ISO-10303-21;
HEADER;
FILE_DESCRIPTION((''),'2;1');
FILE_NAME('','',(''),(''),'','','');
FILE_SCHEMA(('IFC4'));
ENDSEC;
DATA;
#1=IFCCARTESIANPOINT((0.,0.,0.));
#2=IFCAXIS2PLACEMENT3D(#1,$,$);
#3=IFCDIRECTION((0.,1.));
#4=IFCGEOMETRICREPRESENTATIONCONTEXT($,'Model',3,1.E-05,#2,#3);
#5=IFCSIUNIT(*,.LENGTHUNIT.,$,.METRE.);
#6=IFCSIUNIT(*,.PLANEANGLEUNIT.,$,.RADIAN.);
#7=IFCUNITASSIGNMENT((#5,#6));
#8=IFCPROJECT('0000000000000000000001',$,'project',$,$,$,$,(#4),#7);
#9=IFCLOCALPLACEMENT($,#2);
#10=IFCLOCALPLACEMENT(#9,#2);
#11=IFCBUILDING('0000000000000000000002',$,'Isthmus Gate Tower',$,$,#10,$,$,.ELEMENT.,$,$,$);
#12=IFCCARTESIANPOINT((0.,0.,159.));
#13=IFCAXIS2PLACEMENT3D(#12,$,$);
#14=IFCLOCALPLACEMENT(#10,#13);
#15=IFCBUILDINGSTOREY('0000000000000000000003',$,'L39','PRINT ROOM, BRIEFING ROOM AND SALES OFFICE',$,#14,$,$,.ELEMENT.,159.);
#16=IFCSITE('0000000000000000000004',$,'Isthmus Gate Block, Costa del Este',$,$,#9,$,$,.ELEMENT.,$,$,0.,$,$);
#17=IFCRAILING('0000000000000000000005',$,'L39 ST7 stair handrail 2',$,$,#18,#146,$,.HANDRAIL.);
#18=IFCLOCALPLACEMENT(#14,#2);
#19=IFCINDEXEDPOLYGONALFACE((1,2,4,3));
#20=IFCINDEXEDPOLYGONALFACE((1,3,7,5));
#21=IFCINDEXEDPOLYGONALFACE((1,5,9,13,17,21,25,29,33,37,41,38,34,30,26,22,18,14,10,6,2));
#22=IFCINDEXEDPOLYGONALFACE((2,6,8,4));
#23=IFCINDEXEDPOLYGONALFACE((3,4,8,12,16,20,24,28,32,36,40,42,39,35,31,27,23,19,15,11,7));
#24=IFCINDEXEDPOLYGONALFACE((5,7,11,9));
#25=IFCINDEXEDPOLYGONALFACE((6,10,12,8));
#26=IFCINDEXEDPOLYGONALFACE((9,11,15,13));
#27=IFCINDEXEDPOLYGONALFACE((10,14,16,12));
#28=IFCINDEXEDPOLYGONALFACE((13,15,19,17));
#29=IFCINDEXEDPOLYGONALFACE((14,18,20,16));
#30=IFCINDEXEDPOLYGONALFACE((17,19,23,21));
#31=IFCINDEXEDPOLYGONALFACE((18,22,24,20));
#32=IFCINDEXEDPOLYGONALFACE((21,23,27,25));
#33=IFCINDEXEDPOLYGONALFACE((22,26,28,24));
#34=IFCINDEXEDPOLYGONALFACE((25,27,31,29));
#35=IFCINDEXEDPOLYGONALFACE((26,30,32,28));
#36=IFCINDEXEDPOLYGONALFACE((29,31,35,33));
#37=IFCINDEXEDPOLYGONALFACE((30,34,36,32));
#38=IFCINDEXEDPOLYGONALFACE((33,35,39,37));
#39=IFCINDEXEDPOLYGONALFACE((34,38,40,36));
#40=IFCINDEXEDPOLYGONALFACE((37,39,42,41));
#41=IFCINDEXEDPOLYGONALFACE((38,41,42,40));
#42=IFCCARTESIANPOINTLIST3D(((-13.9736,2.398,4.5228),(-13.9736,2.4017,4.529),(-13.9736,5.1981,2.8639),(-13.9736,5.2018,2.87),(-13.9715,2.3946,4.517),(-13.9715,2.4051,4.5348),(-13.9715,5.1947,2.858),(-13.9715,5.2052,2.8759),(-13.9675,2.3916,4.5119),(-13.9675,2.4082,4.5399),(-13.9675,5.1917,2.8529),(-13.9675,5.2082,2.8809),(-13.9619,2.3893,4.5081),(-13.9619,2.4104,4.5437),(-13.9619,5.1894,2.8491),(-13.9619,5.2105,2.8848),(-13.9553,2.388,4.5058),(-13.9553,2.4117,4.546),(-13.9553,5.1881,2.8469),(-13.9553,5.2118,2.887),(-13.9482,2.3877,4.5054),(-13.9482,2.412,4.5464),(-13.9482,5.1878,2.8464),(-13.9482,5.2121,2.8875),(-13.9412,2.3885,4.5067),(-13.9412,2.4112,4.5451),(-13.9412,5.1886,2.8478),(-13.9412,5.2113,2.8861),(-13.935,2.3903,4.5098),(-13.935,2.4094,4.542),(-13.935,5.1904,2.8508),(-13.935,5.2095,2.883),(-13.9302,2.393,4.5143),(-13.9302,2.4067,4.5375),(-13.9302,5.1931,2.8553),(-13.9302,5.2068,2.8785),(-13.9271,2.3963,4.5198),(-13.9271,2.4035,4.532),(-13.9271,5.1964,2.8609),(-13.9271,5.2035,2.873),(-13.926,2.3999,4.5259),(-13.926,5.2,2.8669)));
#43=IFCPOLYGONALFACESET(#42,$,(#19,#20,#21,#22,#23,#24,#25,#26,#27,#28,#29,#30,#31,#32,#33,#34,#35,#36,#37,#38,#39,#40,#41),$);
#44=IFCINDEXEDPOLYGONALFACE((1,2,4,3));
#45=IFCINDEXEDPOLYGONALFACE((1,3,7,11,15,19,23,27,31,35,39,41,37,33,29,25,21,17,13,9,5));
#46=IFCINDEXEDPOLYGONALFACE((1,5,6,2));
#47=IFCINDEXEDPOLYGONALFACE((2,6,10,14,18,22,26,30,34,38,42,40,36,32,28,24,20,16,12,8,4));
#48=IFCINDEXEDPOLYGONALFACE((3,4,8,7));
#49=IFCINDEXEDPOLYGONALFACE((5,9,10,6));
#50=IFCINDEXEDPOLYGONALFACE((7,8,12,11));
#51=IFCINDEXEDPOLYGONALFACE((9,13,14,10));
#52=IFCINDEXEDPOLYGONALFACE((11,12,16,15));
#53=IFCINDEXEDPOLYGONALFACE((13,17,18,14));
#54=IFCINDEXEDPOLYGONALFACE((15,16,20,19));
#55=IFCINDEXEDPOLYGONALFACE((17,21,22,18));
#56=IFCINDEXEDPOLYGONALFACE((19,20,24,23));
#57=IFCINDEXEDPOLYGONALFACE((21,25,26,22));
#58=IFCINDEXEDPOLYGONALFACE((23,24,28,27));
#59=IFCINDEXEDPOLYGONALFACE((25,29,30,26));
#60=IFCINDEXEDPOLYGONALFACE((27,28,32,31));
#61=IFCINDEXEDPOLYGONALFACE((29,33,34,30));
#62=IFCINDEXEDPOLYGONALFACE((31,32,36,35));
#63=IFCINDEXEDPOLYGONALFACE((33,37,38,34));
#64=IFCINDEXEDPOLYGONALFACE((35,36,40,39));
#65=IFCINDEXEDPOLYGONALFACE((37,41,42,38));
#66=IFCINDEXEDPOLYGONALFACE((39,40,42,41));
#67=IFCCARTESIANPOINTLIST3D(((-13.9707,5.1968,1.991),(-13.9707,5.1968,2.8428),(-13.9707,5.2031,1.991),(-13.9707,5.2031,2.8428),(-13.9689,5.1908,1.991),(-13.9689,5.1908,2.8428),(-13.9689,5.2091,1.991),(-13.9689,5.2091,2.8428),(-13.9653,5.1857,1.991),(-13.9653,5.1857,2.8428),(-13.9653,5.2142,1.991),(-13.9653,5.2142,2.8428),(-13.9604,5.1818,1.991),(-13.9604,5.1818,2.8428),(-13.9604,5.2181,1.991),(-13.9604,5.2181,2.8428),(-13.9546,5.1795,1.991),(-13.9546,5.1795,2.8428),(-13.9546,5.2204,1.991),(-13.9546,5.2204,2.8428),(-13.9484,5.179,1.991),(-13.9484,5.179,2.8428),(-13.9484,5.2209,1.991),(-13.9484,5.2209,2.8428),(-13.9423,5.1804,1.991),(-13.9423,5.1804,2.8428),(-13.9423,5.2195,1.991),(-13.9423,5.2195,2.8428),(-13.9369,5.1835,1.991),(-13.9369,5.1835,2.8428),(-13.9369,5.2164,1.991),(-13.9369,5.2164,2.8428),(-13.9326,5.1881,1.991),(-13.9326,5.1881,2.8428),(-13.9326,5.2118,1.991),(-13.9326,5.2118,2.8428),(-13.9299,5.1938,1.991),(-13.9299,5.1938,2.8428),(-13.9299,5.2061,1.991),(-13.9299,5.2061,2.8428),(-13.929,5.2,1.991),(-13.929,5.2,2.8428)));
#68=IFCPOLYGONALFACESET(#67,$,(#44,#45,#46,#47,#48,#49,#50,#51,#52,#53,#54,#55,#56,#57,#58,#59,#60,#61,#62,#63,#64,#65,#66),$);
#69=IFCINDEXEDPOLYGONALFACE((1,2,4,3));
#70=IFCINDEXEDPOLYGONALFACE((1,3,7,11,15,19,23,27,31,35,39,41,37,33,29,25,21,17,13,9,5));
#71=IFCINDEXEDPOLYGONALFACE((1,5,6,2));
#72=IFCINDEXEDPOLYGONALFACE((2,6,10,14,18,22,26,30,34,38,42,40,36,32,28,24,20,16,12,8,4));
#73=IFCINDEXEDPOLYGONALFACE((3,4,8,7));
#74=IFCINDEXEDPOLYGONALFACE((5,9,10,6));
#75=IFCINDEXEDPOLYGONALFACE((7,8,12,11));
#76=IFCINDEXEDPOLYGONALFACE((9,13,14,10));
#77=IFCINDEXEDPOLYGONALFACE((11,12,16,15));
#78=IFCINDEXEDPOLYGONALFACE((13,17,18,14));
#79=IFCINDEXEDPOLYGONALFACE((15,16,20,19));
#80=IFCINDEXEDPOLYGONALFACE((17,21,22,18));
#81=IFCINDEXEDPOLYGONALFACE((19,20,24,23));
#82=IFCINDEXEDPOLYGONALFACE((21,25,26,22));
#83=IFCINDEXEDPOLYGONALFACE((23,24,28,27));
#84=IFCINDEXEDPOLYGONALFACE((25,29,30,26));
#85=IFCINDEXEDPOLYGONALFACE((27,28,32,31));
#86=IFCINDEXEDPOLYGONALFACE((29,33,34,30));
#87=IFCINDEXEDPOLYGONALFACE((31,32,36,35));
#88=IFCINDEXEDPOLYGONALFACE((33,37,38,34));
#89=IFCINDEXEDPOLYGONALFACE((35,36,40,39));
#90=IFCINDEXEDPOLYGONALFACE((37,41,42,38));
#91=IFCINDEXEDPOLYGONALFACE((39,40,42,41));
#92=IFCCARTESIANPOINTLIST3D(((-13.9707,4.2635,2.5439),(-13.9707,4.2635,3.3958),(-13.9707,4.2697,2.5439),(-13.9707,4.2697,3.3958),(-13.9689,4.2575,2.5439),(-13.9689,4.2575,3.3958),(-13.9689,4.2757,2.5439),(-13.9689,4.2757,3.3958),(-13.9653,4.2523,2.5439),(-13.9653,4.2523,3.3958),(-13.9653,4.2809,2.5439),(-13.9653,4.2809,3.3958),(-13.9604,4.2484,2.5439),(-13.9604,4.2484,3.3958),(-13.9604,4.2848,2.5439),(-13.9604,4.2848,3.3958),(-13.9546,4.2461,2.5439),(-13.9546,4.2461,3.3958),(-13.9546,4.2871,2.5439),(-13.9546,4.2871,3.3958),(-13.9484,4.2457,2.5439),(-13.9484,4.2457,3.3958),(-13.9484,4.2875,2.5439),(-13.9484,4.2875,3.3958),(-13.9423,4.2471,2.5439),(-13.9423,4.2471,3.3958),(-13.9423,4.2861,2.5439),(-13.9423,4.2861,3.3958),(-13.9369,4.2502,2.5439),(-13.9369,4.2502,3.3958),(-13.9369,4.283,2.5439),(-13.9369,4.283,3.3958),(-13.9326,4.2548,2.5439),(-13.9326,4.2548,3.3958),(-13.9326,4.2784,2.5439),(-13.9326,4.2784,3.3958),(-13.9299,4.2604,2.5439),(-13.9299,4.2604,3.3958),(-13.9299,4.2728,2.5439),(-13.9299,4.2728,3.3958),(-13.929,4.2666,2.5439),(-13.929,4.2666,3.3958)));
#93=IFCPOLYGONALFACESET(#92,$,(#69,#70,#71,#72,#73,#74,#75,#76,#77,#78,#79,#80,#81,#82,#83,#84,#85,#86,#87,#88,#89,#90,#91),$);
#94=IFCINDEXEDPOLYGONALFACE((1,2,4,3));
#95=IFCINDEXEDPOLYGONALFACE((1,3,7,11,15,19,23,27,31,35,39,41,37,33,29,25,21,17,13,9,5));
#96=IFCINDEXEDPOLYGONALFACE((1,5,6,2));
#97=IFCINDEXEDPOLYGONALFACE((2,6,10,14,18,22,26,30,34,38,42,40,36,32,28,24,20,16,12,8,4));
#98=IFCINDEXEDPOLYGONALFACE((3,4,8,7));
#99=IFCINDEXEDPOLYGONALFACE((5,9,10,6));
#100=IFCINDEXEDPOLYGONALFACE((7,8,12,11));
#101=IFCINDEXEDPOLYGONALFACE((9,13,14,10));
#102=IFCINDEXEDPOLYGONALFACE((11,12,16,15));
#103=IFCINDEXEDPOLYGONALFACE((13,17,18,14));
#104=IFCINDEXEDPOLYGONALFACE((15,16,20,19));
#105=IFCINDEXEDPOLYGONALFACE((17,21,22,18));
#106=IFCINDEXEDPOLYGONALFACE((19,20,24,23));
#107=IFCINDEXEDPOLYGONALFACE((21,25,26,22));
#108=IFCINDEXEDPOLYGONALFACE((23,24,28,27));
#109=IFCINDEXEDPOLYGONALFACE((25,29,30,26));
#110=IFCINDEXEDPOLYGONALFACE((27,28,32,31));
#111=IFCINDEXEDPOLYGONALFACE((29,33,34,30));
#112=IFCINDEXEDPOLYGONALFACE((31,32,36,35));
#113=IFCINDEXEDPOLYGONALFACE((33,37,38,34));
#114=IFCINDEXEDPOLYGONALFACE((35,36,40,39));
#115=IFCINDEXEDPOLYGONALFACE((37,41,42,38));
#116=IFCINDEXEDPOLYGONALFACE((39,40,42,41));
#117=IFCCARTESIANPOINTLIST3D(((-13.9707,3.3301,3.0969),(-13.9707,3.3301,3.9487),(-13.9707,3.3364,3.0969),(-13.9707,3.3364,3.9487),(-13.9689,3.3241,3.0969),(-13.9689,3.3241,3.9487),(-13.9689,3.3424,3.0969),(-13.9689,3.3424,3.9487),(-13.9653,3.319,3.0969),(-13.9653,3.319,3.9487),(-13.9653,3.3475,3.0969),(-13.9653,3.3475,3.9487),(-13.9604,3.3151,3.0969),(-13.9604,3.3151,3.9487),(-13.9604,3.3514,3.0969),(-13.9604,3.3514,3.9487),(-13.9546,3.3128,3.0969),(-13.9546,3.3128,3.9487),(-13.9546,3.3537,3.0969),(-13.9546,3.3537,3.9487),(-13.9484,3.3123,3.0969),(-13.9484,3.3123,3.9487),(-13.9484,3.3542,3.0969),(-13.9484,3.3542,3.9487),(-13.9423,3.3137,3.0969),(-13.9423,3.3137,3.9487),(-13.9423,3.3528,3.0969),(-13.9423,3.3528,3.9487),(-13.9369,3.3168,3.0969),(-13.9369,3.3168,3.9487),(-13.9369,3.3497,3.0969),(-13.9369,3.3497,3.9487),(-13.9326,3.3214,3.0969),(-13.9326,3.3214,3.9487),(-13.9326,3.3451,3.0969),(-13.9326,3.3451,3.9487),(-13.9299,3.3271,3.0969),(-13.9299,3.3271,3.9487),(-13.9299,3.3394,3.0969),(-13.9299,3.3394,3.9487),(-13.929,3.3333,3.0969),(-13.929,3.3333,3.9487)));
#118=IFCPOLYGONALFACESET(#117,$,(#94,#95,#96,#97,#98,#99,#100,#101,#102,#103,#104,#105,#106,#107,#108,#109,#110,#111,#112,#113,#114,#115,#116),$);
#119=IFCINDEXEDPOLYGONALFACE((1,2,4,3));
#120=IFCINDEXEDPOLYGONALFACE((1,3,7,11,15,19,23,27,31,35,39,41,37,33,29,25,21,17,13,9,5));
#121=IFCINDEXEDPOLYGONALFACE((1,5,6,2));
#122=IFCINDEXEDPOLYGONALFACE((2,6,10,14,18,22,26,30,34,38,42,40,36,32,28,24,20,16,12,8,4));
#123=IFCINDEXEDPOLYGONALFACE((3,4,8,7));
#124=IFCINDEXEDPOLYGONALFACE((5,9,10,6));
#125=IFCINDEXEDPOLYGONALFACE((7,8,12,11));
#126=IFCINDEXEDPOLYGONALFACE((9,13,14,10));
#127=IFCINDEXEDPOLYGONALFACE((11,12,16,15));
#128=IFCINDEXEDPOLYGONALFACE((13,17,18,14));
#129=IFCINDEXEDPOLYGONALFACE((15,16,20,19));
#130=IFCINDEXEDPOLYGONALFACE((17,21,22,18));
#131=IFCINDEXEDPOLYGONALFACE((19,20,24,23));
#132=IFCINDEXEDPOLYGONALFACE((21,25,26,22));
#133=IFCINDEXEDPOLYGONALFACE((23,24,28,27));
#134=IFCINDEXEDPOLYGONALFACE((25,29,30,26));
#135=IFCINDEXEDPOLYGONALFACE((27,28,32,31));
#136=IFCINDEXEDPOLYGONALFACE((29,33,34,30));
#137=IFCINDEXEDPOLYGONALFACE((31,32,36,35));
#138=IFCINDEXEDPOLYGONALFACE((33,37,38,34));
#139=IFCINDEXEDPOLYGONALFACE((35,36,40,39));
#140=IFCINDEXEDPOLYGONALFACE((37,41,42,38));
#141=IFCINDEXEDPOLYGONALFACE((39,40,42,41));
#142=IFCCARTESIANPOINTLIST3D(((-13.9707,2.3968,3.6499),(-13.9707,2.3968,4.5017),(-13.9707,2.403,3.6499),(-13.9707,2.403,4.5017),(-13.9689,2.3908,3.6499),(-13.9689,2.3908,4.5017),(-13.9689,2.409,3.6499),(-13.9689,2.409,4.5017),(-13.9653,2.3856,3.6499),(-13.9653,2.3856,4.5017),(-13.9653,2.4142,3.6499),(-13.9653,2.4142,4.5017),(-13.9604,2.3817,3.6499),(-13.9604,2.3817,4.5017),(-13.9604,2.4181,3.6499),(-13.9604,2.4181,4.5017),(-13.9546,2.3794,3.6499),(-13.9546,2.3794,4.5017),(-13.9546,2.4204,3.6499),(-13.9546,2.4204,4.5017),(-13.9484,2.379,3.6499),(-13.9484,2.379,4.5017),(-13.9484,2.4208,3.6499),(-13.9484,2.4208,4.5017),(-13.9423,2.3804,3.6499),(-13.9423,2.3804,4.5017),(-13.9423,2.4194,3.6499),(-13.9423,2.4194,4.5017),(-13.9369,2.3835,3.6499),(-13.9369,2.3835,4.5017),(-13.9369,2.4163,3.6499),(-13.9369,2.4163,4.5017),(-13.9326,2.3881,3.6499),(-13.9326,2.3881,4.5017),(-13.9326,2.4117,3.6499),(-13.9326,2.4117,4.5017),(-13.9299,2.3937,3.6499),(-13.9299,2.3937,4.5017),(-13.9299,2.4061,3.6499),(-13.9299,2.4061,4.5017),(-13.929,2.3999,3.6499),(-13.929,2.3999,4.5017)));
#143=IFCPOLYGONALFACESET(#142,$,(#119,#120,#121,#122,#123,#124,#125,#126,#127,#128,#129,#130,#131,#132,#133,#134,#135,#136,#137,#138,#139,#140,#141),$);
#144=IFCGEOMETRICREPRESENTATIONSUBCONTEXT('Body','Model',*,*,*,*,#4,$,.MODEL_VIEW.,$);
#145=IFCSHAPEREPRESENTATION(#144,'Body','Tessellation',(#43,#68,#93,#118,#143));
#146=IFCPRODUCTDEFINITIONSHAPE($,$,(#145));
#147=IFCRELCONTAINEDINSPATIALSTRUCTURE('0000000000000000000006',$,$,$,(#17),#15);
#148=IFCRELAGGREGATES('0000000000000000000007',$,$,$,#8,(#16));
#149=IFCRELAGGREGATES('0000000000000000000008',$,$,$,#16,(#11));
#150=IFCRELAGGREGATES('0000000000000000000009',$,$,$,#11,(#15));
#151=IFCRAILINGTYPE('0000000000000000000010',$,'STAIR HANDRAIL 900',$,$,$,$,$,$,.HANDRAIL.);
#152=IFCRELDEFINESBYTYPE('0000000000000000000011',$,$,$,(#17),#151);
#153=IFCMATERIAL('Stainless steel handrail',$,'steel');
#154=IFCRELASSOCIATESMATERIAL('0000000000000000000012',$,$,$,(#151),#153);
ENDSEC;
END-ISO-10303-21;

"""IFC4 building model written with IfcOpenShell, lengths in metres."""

from ifc_helpers import new_model, si_unit, direction, frame, origin, origin_2d, place, context, subcontext, project, spatial, circle, extrude, material, type_object, element, save


model = new_model("IFC4")

# Units and contexts
model_context = context("Model", 3, precision=1e-05, world=origin(), true_north=direction((0.0, 1.0)))
body_context = subcontext(model_context, "Body", "Model", "MODEL_VIEW")
ifc_project = project(units=[si_unit("LENGTHUNIT", "METRE"), si_unit("PLANEANGLEUNIT", "RADIAN")], contexts=[model_context])

# Site, building, storey
site_placement = place(None, origin())
site = spatial("IfcSite", under=ifc_project, at=site_placement, Name="Isthmus Gate Block, Costa del Este", CompositionType="ELEMENT", RefElevation=0.0)
building_placement = place(site_placement, origin())
building = spatial("IfcBuilding", under=site, at=building_placement, Name="Isthmus Gate Tower", CompositionType="ELEMENT")
storey_placement = place(building_placement, frame((0.0, 0.0, 159.0)))
storey = spatial("IfcBuildingStorey", under=building, at=storey_placement, Name="L39", Description="PRINT ROOM, BRIEFING ROOM AND SALES OFFICE", CompositionType="ELEMENT", Elevation=159.0)

# Railing
ifc_material_1 = material(Name="Stainless steel handrail", Category="steel")
railing_type_1 = type_object("IfcRailingType", Name="STAIR HANDRAIL 900", PredefinedType="HANDRAIL", material=ifc_material_1)
railing_1_placement = place(storey_placement, frame((-13.95, 5.2, 1.991)))
element("IfcRailing", 1, at=railing_1_placement, inside=storey, type_object=railing_type_1, Name="L39 ST7 stair handrail 2", PredefinedType="HANDRAIL", context=body_context, shape_type="SweptSolid", body=[
    extrude(circle(Radius=0.0239, at=origin_2d()), frame((0.0, 0.0, 0.876), z_axis=(0.0, -0.860339, 0.509722), x_axis=(1.0, 0.0, 0.0)), (0.0, 0.0, 1.0), 3.2546),
    extrude(circle(Radius=0.021, at=origin_2d()), origin(), (0.0, 0.0, 1.0), 0.8518),
    extrude(circle(Radius=0.021, at=origin_2d()), frame((0.0, -0.9333, 0.553)), (0.0, 0.0, 1.0), 0.8518),
    extrude(circle(Radius=0.021, at=origin_2d()), frame((0.0, -1.8667, 1.106)), (0.0, 0.0, 1.0), 0.8518),
    extrude(circle(Radius=0.021, at=origin_2d()), frame((0.0, -2.8, 1.6589)), (0.0, 0.0, 1.0), 0.8518),
])

save(model, "model.ifc")
